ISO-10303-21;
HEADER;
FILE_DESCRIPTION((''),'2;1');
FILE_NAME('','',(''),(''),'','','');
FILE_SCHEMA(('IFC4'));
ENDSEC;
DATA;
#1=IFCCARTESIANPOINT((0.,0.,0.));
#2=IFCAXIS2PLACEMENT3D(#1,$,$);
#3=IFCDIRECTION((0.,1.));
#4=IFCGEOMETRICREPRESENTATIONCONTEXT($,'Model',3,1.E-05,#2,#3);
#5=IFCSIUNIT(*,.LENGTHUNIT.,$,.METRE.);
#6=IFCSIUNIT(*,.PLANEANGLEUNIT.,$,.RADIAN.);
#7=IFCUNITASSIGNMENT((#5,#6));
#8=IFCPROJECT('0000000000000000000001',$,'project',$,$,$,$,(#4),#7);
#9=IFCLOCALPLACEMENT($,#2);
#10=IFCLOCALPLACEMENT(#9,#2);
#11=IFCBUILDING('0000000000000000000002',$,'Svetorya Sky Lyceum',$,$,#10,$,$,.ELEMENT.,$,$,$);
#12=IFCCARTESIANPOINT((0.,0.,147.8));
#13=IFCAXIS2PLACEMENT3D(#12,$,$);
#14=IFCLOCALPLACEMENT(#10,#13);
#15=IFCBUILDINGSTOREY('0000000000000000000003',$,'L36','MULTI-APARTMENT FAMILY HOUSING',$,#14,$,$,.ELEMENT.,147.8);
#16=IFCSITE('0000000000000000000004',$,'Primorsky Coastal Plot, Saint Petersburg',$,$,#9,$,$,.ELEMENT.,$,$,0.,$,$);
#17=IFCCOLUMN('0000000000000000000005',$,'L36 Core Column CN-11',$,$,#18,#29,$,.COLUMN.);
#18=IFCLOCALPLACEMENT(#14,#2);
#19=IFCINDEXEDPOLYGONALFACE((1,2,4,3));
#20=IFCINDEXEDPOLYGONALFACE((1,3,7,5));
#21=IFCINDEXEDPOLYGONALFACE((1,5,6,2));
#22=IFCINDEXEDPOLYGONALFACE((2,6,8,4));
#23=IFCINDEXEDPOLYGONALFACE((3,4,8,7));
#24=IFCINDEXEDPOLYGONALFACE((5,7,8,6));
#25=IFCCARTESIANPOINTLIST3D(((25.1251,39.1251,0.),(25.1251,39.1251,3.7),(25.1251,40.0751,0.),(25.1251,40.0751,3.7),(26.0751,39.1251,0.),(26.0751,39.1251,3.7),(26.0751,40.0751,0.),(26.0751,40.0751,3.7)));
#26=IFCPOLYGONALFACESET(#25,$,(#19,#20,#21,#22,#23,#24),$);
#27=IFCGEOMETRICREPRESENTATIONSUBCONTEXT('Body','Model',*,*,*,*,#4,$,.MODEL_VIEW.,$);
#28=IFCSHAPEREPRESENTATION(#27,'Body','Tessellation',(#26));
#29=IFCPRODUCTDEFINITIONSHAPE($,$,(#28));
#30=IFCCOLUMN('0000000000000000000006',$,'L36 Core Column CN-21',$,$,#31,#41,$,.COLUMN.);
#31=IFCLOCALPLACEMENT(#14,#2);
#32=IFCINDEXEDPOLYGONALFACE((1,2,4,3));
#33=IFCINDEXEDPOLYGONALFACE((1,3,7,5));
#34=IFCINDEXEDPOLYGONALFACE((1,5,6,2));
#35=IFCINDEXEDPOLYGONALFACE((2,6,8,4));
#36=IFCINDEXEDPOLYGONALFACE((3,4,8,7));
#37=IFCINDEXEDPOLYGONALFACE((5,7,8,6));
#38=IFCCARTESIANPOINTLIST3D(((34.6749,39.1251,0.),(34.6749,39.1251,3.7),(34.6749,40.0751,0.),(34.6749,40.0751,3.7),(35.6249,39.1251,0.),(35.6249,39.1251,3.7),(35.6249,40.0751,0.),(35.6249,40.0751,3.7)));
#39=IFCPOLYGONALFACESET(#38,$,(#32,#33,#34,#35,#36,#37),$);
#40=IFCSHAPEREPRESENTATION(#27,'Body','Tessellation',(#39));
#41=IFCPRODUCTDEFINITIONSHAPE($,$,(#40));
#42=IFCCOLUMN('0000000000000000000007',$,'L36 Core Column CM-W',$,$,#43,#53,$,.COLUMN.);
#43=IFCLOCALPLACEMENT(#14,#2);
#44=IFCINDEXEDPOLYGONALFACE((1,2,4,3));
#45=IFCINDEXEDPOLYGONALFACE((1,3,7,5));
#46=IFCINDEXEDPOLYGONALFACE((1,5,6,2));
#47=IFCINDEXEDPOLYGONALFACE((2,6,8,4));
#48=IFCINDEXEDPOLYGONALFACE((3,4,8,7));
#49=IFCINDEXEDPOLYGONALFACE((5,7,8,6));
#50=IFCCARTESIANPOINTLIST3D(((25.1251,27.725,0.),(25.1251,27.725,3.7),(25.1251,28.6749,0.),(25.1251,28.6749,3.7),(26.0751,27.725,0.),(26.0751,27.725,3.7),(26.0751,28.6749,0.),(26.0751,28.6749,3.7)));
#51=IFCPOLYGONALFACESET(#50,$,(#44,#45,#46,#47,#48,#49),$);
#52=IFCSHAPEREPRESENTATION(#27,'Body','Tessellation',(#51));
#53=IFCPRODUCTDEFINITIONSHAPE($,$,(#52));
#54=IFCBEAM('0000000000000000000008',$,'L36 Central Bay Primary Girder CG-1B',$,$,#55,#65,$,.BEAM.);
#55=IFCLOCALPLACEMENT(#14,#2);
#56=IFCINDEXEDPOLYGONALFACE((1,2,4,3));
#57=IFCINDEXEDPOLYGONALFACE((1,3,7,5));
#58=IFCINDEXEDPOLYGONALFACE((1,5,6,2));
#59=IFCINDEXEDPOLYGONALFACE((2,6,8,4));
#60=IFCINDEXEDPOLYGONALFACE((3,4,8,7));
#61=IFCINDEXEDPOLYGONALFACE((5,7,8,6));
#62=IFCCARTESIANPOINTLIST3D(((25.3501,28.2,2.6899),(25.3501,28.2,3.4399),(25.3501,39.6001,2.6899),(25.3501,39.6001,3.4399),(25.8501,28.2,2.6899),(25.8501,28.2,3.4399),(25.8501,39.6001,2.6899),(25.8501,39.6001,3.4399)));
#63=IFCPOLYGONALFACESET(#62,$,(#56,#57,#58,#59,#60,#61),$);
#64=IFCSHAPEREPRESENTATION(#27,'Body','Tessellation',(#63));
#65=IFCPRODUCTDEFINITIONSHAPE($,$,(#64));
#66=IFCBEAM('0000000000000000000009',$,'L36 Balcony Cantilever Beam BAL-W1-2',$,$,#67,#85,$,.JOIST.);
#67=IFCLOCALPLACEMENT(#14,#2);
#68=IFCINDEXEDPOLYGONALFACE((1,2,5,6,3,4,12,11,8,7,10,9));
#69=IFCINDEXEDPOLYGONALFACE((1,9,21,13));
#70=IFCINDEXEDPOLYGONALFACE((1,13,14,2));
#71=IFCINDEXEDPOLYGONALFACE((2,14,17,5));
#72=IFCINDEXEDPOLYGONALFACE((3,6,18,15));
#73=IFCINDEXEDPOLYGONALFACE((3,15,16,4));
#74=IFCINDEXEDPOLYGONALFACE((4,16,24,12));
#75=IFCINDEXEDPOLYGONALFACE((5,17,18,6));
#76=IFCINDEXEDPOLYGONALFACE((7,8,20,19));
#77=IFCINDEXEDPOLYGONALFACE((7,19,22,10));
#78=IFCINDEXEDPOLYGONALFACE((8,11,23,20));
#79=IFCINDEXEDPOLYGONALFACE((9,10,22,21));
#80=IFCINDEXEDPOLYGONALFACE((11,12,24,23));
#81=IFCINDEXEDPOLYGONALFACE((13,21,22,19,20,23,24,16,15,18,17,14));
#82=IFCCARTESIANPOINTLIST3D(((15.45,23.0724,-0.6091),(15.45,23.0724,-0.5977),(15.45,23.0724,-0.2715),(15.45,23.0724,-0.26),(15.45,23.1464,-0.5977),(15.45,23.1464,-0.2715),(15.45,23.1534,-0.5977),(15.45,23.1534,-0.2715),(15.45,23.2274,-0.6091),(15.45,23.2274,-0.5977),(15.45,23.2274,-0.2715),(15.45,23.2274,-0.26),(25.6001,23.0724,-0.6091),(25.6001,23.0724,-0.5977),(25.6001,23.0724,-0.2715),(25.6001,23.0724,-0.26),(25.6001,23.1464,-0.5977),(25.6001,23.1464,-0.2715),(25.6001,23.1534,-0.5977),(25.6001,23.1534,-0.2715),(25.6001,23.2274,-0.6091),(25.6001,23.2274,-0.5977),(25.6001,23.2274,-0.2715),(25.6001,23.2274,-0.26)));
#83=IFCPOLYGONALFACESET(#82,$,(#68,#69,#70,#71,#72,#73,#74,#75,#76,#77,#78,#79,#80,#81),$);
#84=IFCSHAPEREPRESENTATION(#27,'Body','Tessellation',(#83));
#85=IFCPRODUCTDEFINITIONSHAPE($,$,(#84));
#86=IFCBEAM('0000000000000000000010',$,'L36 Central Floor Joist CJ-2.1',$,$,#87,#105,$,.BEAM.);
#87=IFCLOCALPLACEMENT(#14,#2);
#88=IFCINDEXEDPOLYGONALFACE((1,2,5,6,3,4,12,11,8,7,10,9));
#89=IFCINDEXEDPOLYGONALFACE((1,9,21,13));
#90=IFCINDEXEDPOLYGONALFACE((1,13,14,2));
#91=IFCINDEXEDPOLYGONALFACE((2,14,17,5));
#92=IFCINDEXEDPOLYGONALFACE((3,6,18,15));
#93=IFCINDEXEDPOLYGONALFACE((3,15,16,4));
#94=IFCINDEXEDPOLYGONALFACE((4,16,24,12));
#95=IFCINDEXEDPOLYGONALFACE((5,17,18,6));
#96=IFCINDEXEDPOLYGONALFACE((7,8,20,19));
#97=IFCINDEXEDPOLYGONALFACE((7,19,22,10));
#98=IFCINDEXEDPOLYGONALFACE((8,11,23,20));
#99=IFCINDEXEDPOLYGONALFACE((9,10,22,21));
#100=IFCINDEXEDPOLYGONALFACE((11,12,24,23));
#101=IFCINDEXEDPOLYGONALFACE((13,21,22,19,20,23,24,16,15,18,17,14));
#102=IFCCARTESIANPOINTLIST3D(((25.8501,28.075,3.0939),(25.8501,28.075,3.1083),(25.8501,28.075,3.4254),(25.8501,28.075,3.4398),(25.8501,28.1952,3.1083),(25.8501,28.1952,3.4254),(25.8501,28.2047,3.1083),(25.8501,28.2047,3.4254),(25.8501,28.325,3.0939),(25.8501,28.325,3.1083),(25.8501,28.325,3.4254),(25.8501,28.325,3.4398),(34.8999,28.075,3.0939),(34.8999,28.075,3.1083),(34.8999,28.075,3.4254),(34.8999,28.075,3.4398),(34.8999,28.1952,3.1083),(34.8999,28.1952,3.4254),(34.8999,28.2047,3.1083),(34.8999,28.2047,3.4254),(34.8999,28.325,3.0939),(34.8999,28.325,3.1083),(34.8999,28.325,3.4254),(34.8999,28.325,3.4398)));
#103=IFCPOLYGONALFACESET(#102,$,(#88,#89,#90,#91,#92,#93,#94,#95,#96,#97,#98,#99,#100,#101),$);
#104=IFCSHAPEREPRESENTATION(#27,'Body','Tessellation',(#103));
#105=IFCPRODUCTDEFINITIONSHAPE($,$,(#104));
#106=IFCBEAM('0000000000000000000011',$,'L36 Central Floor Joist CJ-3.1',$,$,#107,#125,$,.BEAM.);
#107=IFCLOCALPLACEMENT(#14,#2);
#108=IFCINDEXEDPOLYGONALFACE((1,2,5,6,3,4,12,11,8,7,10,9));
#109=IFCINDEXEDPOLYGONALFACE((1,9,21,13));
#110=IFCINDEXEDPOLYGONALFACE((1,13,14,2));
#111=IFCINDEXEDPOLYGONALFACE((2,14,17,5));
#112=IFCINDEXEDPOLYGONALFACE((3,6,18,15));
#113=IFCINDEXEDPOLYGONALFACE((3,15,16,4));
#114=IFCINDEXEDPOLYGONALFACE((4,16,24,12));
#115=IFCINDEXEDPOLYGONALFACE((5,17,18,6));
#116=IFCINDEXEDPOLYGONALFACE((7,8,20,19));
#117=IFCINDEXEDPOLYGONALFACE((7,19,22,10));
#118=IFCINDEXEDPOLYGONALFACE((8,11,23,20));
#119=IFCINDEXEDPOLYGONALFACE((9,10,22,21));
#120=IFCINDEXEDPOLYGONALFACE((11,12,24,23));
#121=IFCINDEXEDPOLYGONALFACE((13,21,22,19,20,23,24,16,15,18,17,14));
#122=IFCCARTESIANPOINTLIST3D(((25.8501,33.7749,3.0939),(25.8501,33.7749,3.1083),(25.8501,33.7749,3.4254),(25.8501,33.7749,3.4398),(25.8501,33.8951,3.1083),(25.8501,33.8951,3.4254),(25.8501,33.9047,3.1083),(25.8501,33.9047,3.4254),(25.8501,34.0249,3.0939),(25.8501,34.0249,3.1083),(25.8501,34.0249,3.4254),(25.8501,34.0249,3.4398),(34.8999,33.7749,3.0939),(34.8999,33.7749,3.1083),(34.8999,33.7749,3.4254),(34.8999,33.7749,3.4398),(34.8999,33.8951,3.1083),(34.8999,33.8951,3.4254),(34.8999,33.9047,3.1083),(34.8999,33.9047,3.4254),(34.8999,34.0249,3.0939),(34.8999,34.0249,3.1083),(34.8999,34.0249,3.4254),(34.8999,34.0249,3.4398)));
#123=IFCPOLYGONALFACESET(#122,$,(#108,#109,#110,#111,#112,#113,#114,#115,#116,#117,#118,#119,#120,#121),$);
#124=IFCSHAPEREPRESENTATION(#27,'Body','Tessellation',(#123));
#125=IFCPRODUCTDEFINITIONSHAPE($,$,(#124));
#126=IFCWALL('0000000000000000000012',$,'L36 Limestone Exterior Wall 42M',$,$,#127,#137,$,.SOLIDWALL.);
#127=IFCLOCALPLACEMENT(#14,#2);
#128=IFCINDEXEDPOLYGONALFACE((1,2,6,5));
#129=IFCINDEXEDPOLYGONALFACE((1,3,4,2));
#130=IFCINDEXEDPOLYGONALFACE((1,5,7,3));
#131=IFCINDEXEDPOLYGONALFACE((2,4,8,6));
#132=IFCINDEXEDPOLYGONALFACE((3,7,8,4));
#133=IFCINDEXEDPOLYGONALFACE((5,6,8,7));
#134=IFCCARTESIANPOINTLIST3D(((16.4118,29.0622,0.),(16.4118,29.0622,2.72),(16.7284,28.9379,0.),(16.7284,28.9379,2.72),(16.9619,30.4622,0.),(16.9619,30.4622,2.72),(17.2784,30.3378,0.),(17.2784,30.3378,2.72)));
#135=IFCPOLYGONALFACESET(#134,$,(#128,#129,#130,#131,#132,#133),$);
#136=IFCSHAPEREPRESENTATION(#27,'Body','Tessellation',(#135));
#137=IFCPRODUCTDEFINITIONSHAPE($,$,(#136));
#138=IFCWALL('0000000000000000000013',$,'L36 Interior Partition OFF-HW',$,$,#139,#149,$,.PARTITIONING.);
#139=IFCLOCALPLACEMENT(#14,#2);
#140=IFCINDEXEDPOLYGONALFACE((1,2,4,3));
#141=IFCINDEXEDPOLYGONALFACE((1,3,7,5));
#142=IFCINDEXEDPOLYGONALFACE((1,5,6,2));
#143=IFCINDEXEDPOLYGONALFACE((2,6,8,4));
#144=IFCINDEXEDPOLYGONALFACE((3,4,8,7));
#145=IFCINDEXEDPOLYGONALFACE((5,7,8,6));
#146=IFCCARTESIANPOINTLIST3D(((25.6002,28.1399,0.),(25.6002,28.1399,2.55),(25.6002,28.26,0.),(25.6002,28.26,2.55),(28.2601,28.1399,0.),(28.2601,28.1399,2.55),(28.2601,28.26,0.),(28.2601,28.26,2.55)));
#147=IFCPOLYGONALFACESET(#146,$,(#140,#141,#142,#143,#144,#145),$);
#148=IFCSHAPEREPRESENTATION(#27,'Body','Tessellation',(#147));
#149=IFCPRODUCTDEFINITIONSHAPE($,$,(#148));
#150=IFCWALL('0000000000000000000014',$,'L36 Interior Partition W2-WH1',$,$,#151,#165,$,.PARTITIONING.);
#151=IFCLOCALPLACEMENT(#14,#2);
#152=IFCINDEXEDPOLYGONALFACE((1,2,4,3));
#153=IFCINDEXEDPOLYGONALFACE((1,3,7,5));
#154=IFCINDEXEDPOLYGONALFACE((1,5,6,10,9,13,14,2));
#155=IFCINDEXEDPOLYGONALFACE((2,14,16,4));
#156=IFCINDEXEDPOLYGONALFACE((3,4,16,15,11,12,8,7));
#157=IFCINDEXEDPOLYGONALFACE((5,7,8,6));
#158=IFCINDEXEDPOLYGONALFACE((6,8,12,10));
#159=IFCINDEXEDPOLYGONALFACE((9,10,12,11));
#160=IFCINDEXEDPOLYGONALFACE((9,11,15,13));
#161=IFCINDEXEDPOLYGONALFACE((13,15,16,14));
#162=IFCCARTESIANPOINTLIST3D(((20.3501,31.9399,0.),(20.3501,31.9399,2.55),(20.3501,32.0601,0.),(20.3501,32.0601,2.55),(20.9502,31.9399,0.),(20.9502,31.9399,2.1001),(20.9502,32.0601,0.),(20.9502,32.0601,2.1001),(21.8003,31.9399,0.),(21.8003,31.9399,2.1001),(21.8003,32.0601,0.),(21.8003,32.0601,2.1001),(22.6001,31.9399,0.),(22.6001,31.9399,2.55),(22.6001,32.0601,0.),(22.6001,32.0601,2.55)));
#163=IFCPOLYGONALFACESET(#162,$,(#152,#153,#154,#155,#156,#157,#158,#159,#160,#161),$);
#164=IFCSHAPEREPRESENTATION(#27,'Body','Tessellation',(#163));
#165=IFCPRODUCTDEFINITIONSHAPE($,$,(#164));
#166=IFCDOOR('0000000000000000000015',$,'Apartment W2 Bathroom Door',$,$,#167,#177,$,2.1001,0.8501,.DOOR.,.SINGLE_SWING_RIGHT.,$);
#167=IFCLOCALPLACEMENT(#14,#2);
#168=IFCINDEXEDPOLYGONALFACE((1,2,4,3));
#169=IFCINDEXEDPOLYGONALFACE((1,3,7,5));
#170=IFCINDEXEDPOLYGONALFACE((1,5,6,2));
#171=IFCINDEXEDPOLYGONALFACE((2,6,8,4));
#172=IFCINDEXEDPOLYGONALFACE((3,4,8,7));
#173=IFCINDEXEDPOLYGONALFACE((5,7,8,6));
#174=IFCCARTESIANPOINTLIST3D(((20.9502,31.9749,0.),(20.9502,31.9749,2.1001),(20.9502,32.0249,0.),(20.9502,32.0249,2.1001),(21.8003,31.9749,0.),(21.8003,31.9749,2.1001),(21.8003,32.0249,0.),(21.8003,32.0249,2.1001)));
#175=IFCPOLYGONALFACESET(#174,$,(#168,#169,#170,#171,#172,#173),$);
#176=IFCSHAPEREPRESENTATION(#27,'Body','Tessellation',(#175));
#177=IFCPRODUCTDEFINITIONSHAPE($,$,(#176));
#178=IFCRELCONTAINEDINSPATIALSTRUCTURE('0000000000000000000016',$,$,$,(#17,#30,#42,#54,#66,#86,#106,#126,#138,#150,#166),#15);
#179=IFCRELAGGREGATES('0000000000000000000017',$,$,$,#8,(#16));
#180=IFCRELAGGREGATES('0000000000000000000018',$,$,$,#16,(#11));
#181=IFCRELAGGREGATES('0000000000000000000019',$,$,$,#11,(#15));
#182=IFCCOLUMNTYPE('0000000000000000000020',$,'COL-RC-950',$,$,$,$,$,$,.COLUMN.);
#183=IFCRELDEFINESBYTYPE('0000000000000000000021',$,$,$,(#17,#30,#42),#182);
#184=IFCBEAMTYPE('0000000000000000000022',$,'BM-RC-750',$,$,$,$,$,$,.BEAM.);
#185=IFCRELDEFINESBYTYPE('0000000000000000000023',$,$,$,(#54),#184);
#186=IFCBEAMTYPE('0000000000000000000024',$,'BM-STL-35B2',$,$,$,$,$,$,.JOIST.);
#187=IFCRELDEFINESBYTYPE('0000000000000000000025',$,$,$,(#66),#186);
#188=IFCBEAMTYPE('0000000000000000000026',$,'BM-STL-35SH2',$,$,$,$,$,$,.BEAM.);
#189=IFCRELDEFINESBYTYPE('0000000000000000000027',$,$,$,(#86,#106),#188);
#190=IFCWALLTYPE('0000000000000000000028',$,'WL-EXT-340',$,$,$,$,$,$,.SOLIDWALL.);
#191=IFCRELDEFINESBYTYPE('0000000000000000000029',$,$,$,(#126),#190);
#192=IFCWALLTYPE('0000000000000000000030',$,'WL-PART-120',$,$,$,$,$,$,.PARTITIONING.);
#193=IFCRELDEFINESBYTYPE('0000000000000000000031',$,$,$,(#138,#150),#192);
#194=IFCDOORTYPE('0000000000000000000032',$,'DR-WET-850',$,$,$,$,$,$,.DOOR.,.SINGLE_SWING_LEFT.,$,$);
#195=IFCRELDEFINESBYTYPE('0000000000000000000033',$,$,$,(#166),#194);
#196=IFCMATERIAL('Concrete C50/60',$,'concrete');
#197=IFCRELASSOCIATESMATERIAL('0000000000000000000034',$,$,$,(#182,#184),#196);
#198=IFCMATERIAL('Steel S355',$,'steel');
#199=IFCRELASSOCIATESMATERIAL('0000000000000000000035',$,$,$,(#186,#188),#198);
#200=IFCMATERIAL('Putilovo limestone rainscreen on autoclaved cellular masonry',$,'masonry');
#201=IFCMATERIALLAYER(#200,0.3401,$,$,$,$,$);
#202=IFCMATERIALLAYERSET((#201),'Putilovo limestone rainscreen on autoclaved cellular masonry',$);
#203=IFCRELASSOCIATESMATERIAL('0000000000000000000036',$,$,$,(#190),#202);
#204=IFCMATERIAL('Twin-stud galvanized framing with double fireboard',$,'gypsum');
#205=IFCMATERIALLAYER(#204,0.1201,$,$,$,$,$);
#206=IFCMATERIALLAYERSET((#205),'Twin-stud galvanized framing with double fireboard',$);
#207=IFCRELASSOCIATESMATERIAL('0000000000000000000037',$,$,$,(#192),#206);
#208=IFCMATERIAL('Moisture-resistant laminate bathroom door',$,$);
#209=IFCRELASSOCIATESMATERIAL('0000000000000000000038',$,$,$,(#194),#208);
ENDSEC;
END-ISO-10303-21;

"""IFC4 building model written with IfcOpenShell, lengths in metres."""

from ifc_helpers import new_model, si_unit, direction, frame, frame_2d, origin, origin_2d, place, context, subcontext, project, spatial, rectangle, i_section, extrude, material, layer, layer_set, material_profile, profile_set, type_object, element, fill, save


model = new_model("IFC4")

# Units and contexts
model_context = context("Model", 3, precision=1e-05, world=origin(), true_north=direction((0.0, 1.0)))
body_context = subcontext(model_context, "Body", "Model", "MODEL_VIEW")
ifc_project = project(units=[si_unit("LENGTHUNIT", "METRE"), si_unit("PLANEANGLEUNIT", "RADIAN")], contexts=[model_context])

# Site, building, storey
site_placement = place(None, origin())
site = spatial("IfcSite", under=ifc_project, at=site_placement, Name="Primorsky Coastal Plot, Saint Petersburg", CompositionType="ELEMENT", RefElevation=0.0)
building_placement = place(site_placement, origin())
building = spatial("IfcBuilding", under=site, at=building_placement, Name="Svetorya Sky Lyceum", CompositionType="ELEMENT")
storey_placement = place(building_placement, frame((0.0, 0.0, 147.8)))
storey = spatial("IfcBuildingStorey", under=building, at=storey_placement, Name="L36", Description="MULTI-APARTMENT FAMILY HOUSING", CompositionType="ELEMENT", Elevation=147.8)

# Columns
ifc_material_1 = material(Name="Concrete C50/60", Category="concrete")
ifc_material_profile_1 = material_profile(ifc_material_1, rectangle(XDim=0.95, YDim=0.95, at=origin_2d()), Name="RC COL 950x950")
ifc_profile_set_1 = profile_set([ifc_material_profile_1], Name="Concrete C50/60")
column_type = type_object("IfcColumnType", Name="COL-RC-950", PredefinedType="COLUMN", material=ifc_profile_set_1)
for number, where, z_axis, x_axis, name in (
    (1, (25.6001, 39.6001, 0.0), (0.0, 0.0, 1.0), (1.0, 0.0, 0.0), "L36 Core Column CN-11"),
    (2, (35.1499, 39.6001, 0.0), (0.0, 0.0, 1.0), (1.0, 0.0, 0.0), "L36 Core Column CN-21"),
    (3, (25.6001, 28.2, 0.0), (0.0, 0.0, 1.0), (1.0, 0.0, 0.0), "L36 Core Column CM-W"),
):
    element("IfcColumn", number, at=place(storey_placement, frame(where, z_axis=z_axis, x_axis=x_axis)), inside=storey, type_object=column_type, Name=name, PredefinedType="COLUMN", context=body_context, shape_type="SweptSolid", body=[
        extrude(rectangle(XDim=0.95, YDim=0.95, at=origin_2d()), origin(), (0.0, 0.0, 1.0), 3.7),
    ])

# Beams
ifc_material_profile_2 = material_profile(ifc_material_1, rectangle(XDim=0.5, YDim=0.75, at=origin_2d()), Name="RC BEAM 500x750")
ifc_profile_set_2 = profile_set([ifc_material_profile_2], Name="Concrete C50/60")
beam_type_1 = type_object("IfcBeamType", Name="BM-RC-750", PredefinedType="BEAM", material=ifc_profile_set_2)
beam_1_placement = place(storey_placement, frame((25.6001, 28.2, 3.0649), z_axis=(0.0, 1.0, 0.0), x_axis=(-1.0, 0.0, 0.0)))
element("IfcBeam", 4, at=beam_1_placement, inside=storey, type_object=beam_type_1, Name="L36 Central Bay Primary Girder CG-1B", PredefinedType="BEAM", context=body_context, shape_type="SweptSolid", body=[
    extrude(rectangle(XDim=0.5, YDim=0.75, at=origin_2d()), origin(), (0.0, 0.0, 1.0), 11.4001),
])
ifc_material_2 = material(Name="Steel S355", Category="steel")
ifc_material_profile_3 = material_profile(ifc_material_2, i_section(OverallWidth=0.155, OverallDepth=0.3491, WebThickness=0.0071, FlangeThickness=0.0115, at=origin_2d()), Name="GOST 35B2")
ifc_profile_set_3 = profile_set([ifc_material_profile_3], Name="Steel S355")
beam_type_2 = type_object("IfcBeamType", Name="BM-STL-35B2", PredefinedType="JOIST", material=ifc_profile_set_3)
beam_2_placement = place(storey_placement, frame((25.6001, 23.1499, -0.4346), z_axis=(-1.0, 0.0, 0.0), x_axis=(0.0, -1.0, 0.0)))
element("IfcBeam", 5, at=beam_2_placement, inside=storey, type_object=beam_type_2, Name="L36 Balcony Cantilever Beam BAL-W1-2", PredefinedType="JOIST", context=body_context, shape_type="SweptSolid", body=[
    extrude(i_section(OverallWidth=0.155, OverallDepth=0.3491, WebThickness=0.0071, FlangeThickness=0.0115, at=origin_2d()), origin(), (0.0, 0.0, 1.0), 10.1501),
])
ifc_material_profile_4 = material_profile(ifc_material_2, i_section(OverallWidth=0.25, OverallDepth=0.3459, WebThickness=0.0095, FlangeThickness=0.0144, at=origin_2d()), Name="GOST 35Sh2")
ifc_profile_set_4 = profile_set([ifc_material_profile_4], Name="Steel S355")
beam_type_3 = type_object("IfcBeamType", Name="BM-STL-35SH2", PredefinedType="BEAM", material=ifc_profile_set_4)
for number, where, z_axis, x_axis, name in (
    (6, (25.8501, 28.2, 3.2668), (1.0, 0.0, 0.0), (0.0, 1.0, 0.0), "L36 Central Floor Joist CJ-2.1"),
    (7, (25.8501, 33.8999, 3.2668), (1.0, 0.0, 0.0), (0.0, 1.0, 0.0), "L36 Central Floor Joist CJ-3.1"),
):
    element("IfcBeam", number, at=place(storey_placement, frame(where, z_axis=z_axis, x_axis=x_axis)), inside=storey, type_object=beam_type_3, Name=name, PredefinedType="BEAM", context=body_context, shape_type="SweptSolid", body=[
        extrude(i_section(OverallWidth=0.25, OverallDepth=0.3459, WebThickness=0.0095, FlangeThickness=0.0144, at=origin_2d()), origin(), (0.0, 0.0, 1.0), 9.0498),
    ])

# Walls
ifc_material_3 = material(Name="Putilovo limestone rainscreen on autoclaved cellular masonry", Category="masonry")
ifc_layer_1 = layer(ifc_material_3, 0.3401)
ifc_layer_set_1 = layer_set([ifc_layer_1], Name="Putilovo limestone rainscreen on autoclaved cellular masonry")
wall_type_1 = type_object("IfcWallType", Name="WL-EXT-340", PredefinedType="SOLIDWALL", material=ifc_layer_set_1)
wall_1_placement = place(storey_placement, frame((17.1201, 30.3999, 0.0), z_axis=(0.0, 0.0, 1.0), x_axis=(-0.365703, -0.930732, 0.0)))
element("IfcWall", 8, at=wall_1_placement, inside=storey, type_object=wall_type_1, Name="L36 Limestone Exterior Wall 42M", PredefinedType="SOLIDWALL", context=body_context, shape_type="SweptSolid", body=[
    extrude(rectangle(XDim=1.5042, YDim=0.3401, at=frame_2d((0.752, 0.0))), origin(), (0.0, 0.0, 1.0), 2.72),
])
ifc_material_4 = material(Name="Twin-stud galvanized framing with double fireboard", Category="gypsum")
ifc_layer_2 = layer(ifc_material_4, 0.1201)
ifc_layer_set_2 = layer_set([ifc_layer_2], Name="Twin-stud galvanized framing with double fireboard")
wall_type_2 = type_object("IfcWallType", Name="WL-PART-120", PredefinedType="PARTITIONING", material=ifc_layer_set_2)
wall_2_placement = place(storey_placement, frame((25.6001, 28.2, 0.0), z_axis=(0.0, 0.0, 1.0), x_axis=(1.0, 0.0, 0.0)))
element("IfcWall", 9, at=wall_2_placement, inside=storey, type_object=wall_type_2, Name="L36 Interior Partition OFF-HW", PredefinedType="PARTITIONING", context=body_context, shape_type="SweptSolid", body=[
    extrude(rectangle(XDim=2.6599, YDim=0.1201, at=frame_2d((1.3301, 0.0))), origin(), (0.0, 0.0, 1.0), 2.55),
])

# Wall, opening, door
wall_3_placement = place(storey_placement, frame((20.3501, 32.0, 0.0), z_axis=(0.0, 0.0, 1.0), x_axis=(1.0, 0.0, 0.0)))
wall_3 = element("IfcWall", 10, at=wall_3_placement, inside=storey, type_object=wall_type_2, Name="L36 Interior Partition W2-WH1", PredefinedType="PARTITIONING", context=body_context, shape_type="SweptSolid", body=[
    extrude(rectangle(XDim=2.25, YDim=0.1201, at=frame_2d((1.125, 0.0))), origin(), (0.0, 0.0, 1.0), 2.55),
])
opening_1_placement = place(wall_3_placement, frame((0.6001, 0.0, 0.0)))
opening_1 = element("IfcOpeningElement", 11, at=opening_1_placement, cuts=wall_3, PredefinedType="OPENING", context=body_context, shape_type="SweptSolid", body=[
    extrude(rectangle(XDim=0.8501, YDim=2.1001, at=frame_2d((0.425, 1.05))), frame((0.0, 0.0701, 0.0), z_axis=(0.0, -1.0, 0.0), x_axis=(1.0, 0.0, 0.0)), (0.0, 0.0, 1.0), 0.1401),
])
ifc_material_5 = material(Name="Moisture-resistant laminate bathroom door")
door_type_1 = type_object("IfcDoorType", Name="DR-WET-850", OperationType="SINGLE_SWING_LEFT", PredefinedType="DOOR", material=ifc_material_5)
door_1_placement = place(opening_1_placement, origin())
door_1 = element("IfcDoor", 12, at=door_1_placement, inside=storey, type_object=door_type_1, Name="Apartment W2 Bathroom Door", OperationType="SINGLE_SWING_RIGHT", OverallHeight=2.1001, OverallWidth=0.8501, PredefinedType="DOOR", context=body_context, shape_type="SweptSolid", body=[
    extrude(rectangle(XDim=0.8501, YDim=2.1001, at=frame_2d((0.425, 1.05))), frame((0.0, 0.0249, 0.0), z_axis=(0.0, -1.0, 0.0), x_axis=(1.0, 0.0, 0.0)), (0.0, 0.0, 1.0), 0.05),
])
fill(opening_1, door_1)

save(model, "model.ifc")
